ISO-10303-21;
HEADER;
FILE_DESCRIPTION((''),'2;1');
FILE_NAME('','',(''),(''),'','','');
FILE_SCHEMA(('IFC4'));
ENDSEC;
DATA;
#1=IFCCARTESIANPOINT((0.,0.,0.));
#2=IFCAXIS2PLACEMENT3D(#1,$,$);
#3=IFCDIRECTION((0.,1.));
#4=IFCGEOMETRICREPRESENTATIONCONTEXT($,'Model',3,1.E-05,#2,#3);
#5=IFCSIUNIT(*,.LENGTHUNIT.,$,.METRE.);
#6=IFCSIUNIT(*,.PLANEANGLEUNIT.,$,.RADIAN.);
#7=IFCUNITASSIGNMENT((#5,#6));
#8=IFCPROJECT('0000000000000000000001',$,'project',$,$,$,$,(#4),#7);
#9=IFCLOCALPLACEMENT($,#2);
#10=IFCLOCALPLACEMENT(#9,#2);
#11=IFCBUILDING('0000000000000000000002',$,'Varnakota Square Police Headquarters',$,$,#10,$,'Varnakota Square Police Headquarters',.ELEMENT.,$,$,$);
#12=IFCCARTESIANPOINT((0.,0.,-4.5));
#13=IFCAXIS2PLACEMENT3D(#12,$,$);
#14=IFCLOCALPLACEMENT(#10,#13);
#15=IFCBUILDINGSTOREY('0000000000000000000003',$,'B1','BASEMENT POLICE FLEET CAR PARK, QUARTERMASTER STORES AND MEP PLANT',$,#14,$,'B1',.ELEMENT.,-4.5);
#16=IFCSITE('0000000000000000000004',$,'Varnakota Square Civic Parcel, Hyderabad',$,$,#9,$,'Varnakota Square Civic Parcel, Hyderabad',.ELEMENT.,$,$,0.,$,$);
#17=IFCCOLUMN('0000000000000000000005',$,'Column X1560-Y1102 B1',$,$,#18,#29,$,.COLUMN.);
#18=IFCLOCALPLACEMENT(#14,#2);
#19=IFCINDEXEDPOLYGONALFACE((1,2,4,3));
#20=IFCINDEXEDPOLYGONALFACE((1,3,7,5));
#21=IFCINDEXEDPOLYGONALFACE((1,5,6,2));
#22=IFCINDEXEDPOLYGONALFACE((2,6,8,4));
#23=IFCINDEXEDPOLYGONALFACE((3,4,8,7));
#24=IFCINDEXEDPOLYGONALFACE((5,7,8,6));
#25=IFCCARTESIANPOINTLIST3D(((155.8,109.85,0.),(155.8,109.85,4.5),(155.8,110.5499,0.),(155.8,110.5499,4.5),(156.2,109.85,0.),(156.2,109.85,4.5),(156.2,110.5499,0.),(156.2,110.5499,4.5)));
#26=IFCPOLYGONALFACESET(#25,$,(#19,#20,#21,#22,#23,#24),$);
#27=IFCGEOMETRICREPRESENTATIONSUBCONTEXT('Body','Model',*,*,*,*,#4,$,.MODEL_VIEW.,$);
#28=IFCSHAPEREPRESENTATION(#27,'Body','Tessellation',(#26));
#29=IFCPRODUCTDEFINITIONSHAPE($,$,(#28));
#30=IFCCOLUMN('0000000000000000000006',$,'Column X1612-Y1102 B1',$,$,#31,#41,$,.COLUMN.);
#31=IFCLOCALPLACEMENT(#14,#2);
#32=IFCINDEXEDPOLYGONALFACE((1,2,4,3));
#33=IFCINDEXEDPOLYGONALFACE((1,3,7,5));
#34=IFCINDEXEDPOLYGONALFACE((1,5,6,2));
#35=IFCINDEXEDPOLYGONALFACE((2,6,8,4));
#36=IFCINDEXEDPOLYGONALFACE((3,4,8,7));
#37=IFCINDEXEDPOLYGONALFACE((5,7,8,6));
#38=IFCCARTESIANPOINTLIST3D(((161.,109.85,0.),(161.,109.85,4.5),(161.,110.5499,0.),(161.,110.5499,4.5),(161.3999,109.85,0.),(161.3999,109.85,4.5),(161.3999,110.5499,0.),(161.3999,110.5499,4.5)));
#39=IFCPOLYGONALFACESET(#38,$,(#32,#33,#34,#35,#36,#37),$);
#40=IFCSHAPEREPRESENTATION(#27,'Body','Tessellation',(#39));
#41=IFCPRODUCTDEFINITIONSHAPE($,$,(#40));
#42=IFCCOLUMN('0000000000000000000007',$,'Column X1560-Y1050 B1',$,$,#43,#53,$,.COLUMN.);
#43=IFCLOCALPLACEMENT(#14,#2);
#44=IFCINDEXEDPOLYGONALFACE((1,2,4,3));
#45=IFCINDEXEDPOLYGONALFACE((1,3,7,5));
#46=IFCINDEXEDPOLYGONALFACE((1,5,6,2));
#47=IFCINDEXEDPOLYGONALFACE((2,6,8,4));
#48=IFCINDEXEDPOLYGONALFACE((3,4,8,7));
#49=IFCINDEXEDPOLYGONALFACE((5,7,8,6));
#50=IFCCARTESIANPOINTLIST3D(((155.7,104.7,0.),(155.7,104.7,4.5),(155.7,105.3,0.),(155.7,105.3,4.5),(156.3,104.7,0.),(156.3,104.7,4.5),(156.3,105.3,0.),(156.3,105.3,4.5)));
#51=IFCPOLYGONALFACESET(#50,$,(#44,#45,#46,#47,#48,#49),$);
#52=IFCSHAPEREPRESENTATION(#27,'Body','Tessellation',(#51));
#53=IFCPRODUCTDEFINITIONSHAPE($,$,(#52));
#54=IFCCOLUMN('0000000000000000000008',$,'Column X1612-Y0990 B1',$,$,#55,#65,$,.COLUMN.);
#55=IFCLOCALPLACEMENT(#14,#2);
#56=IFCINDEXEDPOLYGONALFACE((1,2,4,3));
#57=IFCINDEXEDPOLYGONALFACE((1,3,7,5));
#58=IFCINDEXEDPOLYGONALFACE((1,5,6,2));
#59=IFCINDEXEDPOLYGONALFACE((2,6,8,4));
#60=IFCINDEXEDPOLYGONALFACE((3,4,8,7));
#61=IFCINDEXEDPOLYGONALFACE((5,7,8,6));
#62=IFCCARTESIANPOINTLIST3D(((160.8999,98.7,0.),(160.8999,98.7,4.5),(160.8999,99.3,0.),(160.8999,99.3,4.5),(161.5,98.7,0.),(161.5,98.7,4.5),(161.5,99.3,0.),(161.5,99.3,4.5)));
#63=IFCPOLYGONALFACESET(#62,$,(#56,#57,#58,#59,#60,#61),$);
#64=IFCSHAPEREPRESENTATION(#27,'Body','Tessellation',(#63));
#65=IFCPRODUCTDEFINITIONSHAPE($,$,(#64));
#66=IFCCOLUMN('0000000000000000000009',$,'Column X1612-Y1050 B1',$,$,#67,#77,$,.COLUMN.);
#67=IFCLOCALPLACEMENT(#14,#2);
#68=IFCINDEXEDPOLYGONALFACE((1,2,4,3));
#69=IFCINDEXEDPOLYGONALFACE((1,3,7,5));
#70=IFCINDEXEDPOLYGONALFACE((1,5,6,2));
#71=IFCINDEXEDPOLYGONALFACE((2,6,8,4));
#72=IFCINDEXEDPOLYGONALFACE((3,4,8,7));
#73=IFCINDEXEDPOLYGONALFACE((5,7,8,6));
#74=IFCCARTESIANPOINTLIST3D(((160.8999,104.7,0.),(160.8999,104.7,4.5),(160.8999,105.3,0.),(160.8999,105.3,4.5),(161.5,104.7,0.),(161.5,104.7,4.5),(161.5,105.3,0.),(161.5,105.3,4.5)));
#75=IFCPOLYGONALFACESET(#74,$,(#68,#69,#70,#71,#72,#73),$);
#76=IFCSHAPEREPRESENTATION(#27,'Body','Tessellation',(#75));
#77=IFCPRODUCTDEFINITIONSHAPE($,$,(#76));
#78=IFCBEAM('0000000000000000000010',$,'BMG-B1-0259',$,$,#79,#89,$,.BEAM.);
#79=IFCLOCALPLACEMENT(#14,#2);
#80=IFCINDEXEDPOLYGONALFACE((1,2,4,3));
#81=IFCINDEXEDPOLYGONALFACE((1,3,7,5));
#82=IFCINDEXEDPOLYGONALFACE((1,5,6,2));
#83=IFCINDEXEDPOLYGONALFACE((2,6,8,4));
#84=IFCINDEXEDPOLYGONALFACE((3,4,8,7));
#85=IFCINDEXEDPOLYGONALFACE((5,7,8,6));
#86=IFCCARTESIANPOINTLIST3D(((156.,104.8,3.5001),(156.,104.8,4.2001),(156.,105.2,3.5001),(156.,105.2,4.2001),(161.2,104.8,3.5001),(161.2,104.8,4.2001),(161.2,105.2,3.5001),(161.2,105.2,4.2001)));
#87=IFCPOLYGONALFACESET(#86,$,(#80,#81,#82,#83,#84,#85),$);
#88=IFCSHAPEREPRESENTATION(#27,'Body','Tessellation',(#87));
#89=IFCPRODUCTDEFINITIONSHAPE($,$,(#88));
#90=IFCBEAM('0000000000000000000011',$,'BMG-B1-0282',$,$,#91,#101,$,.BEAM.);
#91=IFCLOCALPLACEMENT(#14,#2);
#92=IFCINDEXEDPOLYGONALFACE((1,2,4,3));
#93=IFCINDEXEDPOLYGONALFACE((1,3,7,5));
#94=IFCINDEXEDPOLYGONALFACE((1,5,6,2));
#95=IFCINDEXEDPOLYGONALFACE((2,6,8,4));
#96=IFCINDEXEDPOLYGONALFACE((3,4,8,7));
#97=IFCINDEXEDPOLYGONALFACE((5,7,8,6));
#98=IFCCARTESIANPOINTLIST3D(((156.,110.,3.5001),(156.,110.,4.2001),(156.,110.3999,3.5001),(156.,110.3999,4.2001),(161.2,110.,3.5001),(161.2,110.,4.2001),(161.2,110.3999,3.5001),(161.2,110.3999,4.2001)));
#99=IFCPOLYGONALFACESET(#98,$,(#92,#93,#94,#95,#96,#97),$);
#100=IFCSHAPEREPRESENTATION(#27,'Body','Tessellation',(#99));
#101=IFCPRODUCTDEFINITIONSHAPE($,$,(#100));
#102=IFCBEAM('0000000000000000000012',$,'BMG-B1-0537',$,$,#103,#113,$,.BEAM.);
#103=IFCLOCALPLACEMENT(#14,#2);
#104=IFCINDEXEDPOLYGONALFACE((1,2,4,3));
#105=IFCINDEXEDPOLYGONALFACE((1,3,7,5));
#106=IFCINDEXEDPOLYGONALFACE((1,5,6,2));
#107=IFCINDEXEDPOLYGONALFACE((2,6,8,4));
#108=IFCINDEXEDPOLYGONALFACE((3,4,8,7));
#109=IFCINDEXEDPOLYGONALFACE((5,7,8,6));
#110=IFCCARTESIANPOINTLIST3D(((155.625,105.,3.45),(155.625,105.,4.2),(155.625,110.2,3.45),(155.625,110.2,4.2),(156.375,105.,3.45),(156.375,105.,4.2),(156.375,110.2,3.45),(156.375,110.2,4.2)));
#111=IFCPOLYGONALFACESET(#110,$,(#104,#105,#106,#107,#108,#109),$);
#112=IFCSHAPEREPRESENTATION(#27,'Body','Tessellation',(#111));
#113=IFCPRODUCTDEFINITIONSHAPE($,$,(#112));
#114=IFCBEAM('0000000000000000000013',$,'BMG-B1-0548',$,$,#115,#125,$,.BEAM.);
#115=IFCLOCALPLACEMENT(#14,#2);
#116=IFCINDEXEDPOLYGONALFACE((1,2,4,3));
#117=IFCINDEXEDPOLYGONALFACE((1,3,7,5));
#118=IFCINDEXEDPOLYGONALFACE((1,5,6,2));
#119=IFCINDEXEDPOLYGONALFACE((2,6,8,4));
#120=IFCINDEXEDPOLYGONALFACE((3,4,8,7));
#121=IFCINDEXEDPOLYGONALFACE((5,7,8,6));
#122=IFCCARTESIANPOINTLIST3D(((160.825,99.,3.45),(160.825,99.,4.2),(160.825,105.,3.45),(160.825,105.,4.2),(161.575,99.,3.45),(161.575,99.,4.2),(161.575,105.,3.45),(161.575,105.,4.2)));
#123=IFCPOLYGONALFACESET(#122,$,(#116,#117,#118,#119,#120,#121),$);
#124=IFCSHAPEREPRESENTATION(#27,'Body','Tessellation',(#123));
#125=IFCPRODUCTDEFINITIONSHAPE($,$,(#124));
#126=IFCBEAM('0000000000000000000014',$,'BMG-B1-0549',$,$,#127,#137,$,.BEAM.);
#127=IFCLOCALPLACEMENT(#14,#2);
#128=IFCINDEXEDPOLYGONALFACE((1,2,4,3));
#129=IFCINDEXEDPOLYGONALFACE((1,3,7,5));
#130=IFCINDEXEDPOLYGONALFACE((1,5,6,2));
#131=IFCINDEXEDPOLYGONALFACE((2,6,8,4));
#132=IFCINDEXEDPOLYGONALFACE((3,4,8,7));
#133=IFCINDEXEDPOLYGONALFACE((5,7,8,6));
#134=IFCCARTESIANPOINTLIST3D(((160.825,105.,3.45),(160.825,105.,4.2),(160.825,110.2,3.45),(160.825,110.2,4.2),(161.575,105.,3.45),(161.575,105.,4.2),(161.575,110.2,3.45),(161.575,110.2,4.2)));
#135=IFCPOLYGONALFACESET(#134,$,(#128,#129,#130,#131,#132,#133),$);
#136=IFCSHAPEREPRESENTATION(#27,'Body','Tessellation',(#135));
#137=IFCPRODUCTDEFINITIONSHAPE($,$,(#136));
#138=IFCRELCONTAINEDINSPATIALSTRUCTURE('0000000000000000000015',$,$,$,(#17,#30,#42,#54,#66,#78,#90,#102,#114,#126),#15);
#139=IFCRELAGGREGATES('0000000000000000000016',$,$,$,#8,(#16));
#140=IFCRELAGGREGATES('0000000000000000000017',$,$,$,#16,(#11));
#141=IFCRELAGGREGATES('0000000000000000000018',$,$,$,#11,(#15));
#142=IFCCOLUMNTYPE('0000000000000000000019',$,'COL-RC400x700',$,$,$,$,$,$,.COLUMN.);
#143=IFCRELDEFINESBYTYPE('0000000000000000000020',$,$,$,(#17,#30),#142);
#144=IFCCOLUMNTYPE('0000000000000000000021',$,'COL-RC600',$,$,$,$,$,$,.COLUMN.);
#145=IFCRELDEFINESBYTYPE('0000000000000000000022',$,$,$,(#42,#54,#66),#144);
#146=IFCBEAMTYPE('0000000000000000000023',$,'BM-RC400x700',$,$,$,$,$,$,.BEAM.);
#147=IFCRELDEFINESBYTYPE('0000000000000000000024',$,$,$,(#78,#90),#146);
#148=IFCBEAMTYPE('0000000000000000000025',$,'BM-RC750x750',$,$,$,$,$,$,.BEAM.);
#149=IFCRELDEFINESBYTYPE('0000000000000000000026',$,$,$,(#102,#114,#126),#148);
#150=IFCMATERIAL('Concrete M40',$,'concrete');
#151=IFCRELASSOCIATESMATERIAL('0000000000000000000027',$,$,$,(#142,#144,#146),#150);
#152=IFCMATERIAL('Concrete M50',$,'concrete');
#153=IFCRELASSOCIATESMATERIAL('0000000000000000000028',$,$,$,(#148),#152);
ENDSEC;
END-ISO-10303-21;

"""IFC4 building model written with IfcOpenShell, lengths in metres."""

from ifc_helpers import new_model, si_unit, direction, frame, origin, origin_2d, place, context, subcontext, project, spatial, rectangle, extrude, material, material_profile, profile_set, type_object, element, save


model = new_model("IFC4")

# Units and contexts
model_context = context("Model", 3, precision=1e-05, world=origin(), true_north=direction((0.0, 1.0)))
body_context = subcontext(model_context, "Body", "Model", "MODEL_VIEW")
ifc_project = project(units=[si_unit("LENGTHUNIT", "METRE"), si_unit("PLANEANGLEUNIT", "RADIAN")], contexts=[model_context])

# Site, building, storey
site_placement = place(None, origin())
site = spatial("IfcSite", under=ifc_project, at=site_placement, Name="Varnakota Square Civic Parcel, Hyderabad", LongName="Varnakota Square Civic Parcel, Hyderabad", CompositionType="ELEMENT", RefElevation=0.0)
building_placement = place(site_placement, origin())
building = spatial("IfcBuilding", under=site, at=building_placement, Name="Varnakota Square Police Headquarters", LongName="Varnakota Square Police Headquarters", CompositionType="ELEMENT")
storey_placement = place(building_placement, frame((0.0, 0.0, -4.5)))
storey = spatial("IfcBuildingStorey", under=building, at=storey_placement, Name="B1", Description="BASEMENT POLICE FLEET CAR PARK, QUARTERMASTER STORES AND MEP PLANT", LongName="B1", CompositionType="ELEMENT", Elevation=-4.5)

# Shared definitions
ifc_material_1 = material(Name="Concrete M40", Category="concrete")

# Columns
ifc_material_profile_1 = material_profile(ifc_material_1, rectangle(XDim=0.3999, YDim=0.7, at=origin_2d()), Name="RC 400x700")
ifc_profile_set_1 = profile_set([ifc_material_profile_1], Name="Concrete M40")
column_type_1 = type_object("IfcColumnType", Name="COL-RC400x700", PredefinedType="COLUMN", material=ifc_profile_set_1)
for number, where, z_axis, x_axis, name in (
    (1, (156.0, 110.2, 0.0), (0.0, 0.0, 1.0), (1.0, 0.0, 0.0), "Column X1560-Y1102 B1"),
    (2, (161.2, 110.2, 0.0), (0.0, 0.0, 1.0), (1.0, 0.0, 0.0), "Column X1612-Y1102 B1"),
):
    element("IfcColumn", number, at=place(storey_placement, frame(where, z_axis=z_axis, x_axis=x_axis)), inside=storey, type_object=column_type_1, Name=name, PredefinedType="COLUMN", context=body_context, shape_type="SweptSolid", body=[
        extrude(rectangle(XDim=0.3999, YDim=0.7, at=origin_2d()), origin(), (0.0, 0.0, 1.0), 4.5),
    ])
ifc_material_profile_2 = material_profile(ifc_material_1, rectangle(XDim=0.6001, YDim=0.6001, at=origin_2d()), Name="RC 600x600")
ifc_profile_set_2 = profile_set([ifc_material_profile_2], Name="Concrete M40")
column_type_2 = type_object("IfcColumnType", Name="COL-RC600", PredefinedType="COLUMN", material=ifc_profile_set_2)
for number, where, z_axis, x_axis, name in (
    (3, (156.0, 105.0, 0.0), (0.0, 0.0, 1.0), (1.0, 0.0, 0.0), "Column X1560-Y1050 B1"),
    (4, (161.2, 99.0, 0.0), (0.0, 0.0, 1.0), (1.0, 0.0, 0.0), "Column X1612-Y0990 B1"),
    (5, (161.2, 105.0, 0.0), (0.0, 0.0, 1.0), (1.0, 0.0, 0.0), "Column X1612-Y1050 B1"),
):
    element("IfcColumn", number, at=place(storey_placement, frame(where, z_axis=z_axis, x_axis=x_axis)), inside=storey, type_object=column_type_2, Name=name, PredefinedType="COLUMN", context=body_context, shape_type="SweptSolid", body=[
        extrude(rectangle(XDim=0.6001, YDim=0.6001, at=origin_2d()), origin(), (0.0, 0.0, 1.0), 4.5),
    ])

# Beams
ifc_material_profile_3 = material_profile(ifc_material_1, rectangle(XDim=0.3999, YDim=0.7, at=origin_2d()), Name="RC 400x700")
ifc_profile_set_3 = profile_set([ifc_material_profile_3], Name="Concrete M40")
beam_type_1 = type_object("IfcBeamType", Name="BM-RC400x700", PredefinedType="BEAM", material=ifc_profile_set_3)
for number, where, z_axis, x_axis, name in (
    (6, (156.0, 105.0, 3.8501), (1.0, 0.0, 0.0), (0.0, 1.0, 0.0), "BMG-B1-0259"),
    (7, (156.0, 110.2, 3.8501), (1.0, 0.0, 0.0), (0.0, 1.0, 0.0), "BMG-B1-0282"),
):
    element("IfcBeam", number, at=place(storey_placement, frame(where, z_axis=z_axis, x_axis=x_axis)), inside=storey, type_object=beam_type_1, Name=name, PredefinedType="BEAM", context=body_context, shape_type="SweptSolid", body=[
        extrude(rectangle(XDim=0.3999, YDim=0.7, at=origin_2d()), origin(), (0.0, 0.0, 1.0), 5.2),
    ])
ifc_material_2 = material(Name="Concrete M50", Category="concrete")
ifc_material_profile_4 = material_profile(ifc_material_2, rectangle(XDim=0.75, YDim=0.75, at=origin_2d()), Name="RC 750x750")
ifc_profile_set_4 = profile_set([ifc_material_profile_4], Name="Concrete M50")
beam_type_2 = type_object("IfcBeamType", Name="BM-RC750x750", PredefinedType="BEAM", material=ifc_profile_set_4)
beam_1_placement = place(storey_placement, frame((156.0, 105.0, 3.825), z_axis=(0.0, 1.0, 0.0), x_axis=(-1.0, 0.0, 0.0)))
element("IfcBeam", 8, at=beam_1_placement, inside=storey, type_object=beam_type_2, Name="BMG-B1-0537", PredefinedType="BEAM", context=body_context, shape_type="SweptSolid", body=[
    extrude(rectangle(XDim=0.75, YDim=0.75, at=origin_2d()), origin(), (0.0, 0.0, 1.0), 5.2),
])
beam_2_placement = place(storey_placement, frame((161.2, 99.0, 3.825), z_axis=(0.0, 1.0, 0.0), x_axis=(-1.0, 0.0, 0.0)))
element("IfcBeam", 9, at=beam_2_placement, inside=storey, type_object=beam_type_2, Name="BMG-B1-0548", PredefinedType="BEAM", context=body_context, shape_type="SweptSolid", body=[
    extrude(rectangle(XDim=0.75, YDim=0.75, at=origin_2d()), origin(), (0.0, 0.0, 1.0), 6.0),
])
beam_3_placement = place(storey_placement, frame((161.2, 105.0, 3.825), z_axis=(0.0, 1.0, 0.0), x_axis=(-1.0, 0.0, 0.0)))
element("IfcBeam", 10, at=beam_3_placement, inside=storey, type_object=beam_type_2, Name="BMG-B1-0549", PredefinedType="BEAM", context=body_context, shape_type="SweptSolid", body=[
    extrude(rectangle(XDim=0.75, YDim=0.75, at=origin_2d()), origin(), (0.0, 0.0, 1.0), 5.2),
])

save(model, "model.ifc")
